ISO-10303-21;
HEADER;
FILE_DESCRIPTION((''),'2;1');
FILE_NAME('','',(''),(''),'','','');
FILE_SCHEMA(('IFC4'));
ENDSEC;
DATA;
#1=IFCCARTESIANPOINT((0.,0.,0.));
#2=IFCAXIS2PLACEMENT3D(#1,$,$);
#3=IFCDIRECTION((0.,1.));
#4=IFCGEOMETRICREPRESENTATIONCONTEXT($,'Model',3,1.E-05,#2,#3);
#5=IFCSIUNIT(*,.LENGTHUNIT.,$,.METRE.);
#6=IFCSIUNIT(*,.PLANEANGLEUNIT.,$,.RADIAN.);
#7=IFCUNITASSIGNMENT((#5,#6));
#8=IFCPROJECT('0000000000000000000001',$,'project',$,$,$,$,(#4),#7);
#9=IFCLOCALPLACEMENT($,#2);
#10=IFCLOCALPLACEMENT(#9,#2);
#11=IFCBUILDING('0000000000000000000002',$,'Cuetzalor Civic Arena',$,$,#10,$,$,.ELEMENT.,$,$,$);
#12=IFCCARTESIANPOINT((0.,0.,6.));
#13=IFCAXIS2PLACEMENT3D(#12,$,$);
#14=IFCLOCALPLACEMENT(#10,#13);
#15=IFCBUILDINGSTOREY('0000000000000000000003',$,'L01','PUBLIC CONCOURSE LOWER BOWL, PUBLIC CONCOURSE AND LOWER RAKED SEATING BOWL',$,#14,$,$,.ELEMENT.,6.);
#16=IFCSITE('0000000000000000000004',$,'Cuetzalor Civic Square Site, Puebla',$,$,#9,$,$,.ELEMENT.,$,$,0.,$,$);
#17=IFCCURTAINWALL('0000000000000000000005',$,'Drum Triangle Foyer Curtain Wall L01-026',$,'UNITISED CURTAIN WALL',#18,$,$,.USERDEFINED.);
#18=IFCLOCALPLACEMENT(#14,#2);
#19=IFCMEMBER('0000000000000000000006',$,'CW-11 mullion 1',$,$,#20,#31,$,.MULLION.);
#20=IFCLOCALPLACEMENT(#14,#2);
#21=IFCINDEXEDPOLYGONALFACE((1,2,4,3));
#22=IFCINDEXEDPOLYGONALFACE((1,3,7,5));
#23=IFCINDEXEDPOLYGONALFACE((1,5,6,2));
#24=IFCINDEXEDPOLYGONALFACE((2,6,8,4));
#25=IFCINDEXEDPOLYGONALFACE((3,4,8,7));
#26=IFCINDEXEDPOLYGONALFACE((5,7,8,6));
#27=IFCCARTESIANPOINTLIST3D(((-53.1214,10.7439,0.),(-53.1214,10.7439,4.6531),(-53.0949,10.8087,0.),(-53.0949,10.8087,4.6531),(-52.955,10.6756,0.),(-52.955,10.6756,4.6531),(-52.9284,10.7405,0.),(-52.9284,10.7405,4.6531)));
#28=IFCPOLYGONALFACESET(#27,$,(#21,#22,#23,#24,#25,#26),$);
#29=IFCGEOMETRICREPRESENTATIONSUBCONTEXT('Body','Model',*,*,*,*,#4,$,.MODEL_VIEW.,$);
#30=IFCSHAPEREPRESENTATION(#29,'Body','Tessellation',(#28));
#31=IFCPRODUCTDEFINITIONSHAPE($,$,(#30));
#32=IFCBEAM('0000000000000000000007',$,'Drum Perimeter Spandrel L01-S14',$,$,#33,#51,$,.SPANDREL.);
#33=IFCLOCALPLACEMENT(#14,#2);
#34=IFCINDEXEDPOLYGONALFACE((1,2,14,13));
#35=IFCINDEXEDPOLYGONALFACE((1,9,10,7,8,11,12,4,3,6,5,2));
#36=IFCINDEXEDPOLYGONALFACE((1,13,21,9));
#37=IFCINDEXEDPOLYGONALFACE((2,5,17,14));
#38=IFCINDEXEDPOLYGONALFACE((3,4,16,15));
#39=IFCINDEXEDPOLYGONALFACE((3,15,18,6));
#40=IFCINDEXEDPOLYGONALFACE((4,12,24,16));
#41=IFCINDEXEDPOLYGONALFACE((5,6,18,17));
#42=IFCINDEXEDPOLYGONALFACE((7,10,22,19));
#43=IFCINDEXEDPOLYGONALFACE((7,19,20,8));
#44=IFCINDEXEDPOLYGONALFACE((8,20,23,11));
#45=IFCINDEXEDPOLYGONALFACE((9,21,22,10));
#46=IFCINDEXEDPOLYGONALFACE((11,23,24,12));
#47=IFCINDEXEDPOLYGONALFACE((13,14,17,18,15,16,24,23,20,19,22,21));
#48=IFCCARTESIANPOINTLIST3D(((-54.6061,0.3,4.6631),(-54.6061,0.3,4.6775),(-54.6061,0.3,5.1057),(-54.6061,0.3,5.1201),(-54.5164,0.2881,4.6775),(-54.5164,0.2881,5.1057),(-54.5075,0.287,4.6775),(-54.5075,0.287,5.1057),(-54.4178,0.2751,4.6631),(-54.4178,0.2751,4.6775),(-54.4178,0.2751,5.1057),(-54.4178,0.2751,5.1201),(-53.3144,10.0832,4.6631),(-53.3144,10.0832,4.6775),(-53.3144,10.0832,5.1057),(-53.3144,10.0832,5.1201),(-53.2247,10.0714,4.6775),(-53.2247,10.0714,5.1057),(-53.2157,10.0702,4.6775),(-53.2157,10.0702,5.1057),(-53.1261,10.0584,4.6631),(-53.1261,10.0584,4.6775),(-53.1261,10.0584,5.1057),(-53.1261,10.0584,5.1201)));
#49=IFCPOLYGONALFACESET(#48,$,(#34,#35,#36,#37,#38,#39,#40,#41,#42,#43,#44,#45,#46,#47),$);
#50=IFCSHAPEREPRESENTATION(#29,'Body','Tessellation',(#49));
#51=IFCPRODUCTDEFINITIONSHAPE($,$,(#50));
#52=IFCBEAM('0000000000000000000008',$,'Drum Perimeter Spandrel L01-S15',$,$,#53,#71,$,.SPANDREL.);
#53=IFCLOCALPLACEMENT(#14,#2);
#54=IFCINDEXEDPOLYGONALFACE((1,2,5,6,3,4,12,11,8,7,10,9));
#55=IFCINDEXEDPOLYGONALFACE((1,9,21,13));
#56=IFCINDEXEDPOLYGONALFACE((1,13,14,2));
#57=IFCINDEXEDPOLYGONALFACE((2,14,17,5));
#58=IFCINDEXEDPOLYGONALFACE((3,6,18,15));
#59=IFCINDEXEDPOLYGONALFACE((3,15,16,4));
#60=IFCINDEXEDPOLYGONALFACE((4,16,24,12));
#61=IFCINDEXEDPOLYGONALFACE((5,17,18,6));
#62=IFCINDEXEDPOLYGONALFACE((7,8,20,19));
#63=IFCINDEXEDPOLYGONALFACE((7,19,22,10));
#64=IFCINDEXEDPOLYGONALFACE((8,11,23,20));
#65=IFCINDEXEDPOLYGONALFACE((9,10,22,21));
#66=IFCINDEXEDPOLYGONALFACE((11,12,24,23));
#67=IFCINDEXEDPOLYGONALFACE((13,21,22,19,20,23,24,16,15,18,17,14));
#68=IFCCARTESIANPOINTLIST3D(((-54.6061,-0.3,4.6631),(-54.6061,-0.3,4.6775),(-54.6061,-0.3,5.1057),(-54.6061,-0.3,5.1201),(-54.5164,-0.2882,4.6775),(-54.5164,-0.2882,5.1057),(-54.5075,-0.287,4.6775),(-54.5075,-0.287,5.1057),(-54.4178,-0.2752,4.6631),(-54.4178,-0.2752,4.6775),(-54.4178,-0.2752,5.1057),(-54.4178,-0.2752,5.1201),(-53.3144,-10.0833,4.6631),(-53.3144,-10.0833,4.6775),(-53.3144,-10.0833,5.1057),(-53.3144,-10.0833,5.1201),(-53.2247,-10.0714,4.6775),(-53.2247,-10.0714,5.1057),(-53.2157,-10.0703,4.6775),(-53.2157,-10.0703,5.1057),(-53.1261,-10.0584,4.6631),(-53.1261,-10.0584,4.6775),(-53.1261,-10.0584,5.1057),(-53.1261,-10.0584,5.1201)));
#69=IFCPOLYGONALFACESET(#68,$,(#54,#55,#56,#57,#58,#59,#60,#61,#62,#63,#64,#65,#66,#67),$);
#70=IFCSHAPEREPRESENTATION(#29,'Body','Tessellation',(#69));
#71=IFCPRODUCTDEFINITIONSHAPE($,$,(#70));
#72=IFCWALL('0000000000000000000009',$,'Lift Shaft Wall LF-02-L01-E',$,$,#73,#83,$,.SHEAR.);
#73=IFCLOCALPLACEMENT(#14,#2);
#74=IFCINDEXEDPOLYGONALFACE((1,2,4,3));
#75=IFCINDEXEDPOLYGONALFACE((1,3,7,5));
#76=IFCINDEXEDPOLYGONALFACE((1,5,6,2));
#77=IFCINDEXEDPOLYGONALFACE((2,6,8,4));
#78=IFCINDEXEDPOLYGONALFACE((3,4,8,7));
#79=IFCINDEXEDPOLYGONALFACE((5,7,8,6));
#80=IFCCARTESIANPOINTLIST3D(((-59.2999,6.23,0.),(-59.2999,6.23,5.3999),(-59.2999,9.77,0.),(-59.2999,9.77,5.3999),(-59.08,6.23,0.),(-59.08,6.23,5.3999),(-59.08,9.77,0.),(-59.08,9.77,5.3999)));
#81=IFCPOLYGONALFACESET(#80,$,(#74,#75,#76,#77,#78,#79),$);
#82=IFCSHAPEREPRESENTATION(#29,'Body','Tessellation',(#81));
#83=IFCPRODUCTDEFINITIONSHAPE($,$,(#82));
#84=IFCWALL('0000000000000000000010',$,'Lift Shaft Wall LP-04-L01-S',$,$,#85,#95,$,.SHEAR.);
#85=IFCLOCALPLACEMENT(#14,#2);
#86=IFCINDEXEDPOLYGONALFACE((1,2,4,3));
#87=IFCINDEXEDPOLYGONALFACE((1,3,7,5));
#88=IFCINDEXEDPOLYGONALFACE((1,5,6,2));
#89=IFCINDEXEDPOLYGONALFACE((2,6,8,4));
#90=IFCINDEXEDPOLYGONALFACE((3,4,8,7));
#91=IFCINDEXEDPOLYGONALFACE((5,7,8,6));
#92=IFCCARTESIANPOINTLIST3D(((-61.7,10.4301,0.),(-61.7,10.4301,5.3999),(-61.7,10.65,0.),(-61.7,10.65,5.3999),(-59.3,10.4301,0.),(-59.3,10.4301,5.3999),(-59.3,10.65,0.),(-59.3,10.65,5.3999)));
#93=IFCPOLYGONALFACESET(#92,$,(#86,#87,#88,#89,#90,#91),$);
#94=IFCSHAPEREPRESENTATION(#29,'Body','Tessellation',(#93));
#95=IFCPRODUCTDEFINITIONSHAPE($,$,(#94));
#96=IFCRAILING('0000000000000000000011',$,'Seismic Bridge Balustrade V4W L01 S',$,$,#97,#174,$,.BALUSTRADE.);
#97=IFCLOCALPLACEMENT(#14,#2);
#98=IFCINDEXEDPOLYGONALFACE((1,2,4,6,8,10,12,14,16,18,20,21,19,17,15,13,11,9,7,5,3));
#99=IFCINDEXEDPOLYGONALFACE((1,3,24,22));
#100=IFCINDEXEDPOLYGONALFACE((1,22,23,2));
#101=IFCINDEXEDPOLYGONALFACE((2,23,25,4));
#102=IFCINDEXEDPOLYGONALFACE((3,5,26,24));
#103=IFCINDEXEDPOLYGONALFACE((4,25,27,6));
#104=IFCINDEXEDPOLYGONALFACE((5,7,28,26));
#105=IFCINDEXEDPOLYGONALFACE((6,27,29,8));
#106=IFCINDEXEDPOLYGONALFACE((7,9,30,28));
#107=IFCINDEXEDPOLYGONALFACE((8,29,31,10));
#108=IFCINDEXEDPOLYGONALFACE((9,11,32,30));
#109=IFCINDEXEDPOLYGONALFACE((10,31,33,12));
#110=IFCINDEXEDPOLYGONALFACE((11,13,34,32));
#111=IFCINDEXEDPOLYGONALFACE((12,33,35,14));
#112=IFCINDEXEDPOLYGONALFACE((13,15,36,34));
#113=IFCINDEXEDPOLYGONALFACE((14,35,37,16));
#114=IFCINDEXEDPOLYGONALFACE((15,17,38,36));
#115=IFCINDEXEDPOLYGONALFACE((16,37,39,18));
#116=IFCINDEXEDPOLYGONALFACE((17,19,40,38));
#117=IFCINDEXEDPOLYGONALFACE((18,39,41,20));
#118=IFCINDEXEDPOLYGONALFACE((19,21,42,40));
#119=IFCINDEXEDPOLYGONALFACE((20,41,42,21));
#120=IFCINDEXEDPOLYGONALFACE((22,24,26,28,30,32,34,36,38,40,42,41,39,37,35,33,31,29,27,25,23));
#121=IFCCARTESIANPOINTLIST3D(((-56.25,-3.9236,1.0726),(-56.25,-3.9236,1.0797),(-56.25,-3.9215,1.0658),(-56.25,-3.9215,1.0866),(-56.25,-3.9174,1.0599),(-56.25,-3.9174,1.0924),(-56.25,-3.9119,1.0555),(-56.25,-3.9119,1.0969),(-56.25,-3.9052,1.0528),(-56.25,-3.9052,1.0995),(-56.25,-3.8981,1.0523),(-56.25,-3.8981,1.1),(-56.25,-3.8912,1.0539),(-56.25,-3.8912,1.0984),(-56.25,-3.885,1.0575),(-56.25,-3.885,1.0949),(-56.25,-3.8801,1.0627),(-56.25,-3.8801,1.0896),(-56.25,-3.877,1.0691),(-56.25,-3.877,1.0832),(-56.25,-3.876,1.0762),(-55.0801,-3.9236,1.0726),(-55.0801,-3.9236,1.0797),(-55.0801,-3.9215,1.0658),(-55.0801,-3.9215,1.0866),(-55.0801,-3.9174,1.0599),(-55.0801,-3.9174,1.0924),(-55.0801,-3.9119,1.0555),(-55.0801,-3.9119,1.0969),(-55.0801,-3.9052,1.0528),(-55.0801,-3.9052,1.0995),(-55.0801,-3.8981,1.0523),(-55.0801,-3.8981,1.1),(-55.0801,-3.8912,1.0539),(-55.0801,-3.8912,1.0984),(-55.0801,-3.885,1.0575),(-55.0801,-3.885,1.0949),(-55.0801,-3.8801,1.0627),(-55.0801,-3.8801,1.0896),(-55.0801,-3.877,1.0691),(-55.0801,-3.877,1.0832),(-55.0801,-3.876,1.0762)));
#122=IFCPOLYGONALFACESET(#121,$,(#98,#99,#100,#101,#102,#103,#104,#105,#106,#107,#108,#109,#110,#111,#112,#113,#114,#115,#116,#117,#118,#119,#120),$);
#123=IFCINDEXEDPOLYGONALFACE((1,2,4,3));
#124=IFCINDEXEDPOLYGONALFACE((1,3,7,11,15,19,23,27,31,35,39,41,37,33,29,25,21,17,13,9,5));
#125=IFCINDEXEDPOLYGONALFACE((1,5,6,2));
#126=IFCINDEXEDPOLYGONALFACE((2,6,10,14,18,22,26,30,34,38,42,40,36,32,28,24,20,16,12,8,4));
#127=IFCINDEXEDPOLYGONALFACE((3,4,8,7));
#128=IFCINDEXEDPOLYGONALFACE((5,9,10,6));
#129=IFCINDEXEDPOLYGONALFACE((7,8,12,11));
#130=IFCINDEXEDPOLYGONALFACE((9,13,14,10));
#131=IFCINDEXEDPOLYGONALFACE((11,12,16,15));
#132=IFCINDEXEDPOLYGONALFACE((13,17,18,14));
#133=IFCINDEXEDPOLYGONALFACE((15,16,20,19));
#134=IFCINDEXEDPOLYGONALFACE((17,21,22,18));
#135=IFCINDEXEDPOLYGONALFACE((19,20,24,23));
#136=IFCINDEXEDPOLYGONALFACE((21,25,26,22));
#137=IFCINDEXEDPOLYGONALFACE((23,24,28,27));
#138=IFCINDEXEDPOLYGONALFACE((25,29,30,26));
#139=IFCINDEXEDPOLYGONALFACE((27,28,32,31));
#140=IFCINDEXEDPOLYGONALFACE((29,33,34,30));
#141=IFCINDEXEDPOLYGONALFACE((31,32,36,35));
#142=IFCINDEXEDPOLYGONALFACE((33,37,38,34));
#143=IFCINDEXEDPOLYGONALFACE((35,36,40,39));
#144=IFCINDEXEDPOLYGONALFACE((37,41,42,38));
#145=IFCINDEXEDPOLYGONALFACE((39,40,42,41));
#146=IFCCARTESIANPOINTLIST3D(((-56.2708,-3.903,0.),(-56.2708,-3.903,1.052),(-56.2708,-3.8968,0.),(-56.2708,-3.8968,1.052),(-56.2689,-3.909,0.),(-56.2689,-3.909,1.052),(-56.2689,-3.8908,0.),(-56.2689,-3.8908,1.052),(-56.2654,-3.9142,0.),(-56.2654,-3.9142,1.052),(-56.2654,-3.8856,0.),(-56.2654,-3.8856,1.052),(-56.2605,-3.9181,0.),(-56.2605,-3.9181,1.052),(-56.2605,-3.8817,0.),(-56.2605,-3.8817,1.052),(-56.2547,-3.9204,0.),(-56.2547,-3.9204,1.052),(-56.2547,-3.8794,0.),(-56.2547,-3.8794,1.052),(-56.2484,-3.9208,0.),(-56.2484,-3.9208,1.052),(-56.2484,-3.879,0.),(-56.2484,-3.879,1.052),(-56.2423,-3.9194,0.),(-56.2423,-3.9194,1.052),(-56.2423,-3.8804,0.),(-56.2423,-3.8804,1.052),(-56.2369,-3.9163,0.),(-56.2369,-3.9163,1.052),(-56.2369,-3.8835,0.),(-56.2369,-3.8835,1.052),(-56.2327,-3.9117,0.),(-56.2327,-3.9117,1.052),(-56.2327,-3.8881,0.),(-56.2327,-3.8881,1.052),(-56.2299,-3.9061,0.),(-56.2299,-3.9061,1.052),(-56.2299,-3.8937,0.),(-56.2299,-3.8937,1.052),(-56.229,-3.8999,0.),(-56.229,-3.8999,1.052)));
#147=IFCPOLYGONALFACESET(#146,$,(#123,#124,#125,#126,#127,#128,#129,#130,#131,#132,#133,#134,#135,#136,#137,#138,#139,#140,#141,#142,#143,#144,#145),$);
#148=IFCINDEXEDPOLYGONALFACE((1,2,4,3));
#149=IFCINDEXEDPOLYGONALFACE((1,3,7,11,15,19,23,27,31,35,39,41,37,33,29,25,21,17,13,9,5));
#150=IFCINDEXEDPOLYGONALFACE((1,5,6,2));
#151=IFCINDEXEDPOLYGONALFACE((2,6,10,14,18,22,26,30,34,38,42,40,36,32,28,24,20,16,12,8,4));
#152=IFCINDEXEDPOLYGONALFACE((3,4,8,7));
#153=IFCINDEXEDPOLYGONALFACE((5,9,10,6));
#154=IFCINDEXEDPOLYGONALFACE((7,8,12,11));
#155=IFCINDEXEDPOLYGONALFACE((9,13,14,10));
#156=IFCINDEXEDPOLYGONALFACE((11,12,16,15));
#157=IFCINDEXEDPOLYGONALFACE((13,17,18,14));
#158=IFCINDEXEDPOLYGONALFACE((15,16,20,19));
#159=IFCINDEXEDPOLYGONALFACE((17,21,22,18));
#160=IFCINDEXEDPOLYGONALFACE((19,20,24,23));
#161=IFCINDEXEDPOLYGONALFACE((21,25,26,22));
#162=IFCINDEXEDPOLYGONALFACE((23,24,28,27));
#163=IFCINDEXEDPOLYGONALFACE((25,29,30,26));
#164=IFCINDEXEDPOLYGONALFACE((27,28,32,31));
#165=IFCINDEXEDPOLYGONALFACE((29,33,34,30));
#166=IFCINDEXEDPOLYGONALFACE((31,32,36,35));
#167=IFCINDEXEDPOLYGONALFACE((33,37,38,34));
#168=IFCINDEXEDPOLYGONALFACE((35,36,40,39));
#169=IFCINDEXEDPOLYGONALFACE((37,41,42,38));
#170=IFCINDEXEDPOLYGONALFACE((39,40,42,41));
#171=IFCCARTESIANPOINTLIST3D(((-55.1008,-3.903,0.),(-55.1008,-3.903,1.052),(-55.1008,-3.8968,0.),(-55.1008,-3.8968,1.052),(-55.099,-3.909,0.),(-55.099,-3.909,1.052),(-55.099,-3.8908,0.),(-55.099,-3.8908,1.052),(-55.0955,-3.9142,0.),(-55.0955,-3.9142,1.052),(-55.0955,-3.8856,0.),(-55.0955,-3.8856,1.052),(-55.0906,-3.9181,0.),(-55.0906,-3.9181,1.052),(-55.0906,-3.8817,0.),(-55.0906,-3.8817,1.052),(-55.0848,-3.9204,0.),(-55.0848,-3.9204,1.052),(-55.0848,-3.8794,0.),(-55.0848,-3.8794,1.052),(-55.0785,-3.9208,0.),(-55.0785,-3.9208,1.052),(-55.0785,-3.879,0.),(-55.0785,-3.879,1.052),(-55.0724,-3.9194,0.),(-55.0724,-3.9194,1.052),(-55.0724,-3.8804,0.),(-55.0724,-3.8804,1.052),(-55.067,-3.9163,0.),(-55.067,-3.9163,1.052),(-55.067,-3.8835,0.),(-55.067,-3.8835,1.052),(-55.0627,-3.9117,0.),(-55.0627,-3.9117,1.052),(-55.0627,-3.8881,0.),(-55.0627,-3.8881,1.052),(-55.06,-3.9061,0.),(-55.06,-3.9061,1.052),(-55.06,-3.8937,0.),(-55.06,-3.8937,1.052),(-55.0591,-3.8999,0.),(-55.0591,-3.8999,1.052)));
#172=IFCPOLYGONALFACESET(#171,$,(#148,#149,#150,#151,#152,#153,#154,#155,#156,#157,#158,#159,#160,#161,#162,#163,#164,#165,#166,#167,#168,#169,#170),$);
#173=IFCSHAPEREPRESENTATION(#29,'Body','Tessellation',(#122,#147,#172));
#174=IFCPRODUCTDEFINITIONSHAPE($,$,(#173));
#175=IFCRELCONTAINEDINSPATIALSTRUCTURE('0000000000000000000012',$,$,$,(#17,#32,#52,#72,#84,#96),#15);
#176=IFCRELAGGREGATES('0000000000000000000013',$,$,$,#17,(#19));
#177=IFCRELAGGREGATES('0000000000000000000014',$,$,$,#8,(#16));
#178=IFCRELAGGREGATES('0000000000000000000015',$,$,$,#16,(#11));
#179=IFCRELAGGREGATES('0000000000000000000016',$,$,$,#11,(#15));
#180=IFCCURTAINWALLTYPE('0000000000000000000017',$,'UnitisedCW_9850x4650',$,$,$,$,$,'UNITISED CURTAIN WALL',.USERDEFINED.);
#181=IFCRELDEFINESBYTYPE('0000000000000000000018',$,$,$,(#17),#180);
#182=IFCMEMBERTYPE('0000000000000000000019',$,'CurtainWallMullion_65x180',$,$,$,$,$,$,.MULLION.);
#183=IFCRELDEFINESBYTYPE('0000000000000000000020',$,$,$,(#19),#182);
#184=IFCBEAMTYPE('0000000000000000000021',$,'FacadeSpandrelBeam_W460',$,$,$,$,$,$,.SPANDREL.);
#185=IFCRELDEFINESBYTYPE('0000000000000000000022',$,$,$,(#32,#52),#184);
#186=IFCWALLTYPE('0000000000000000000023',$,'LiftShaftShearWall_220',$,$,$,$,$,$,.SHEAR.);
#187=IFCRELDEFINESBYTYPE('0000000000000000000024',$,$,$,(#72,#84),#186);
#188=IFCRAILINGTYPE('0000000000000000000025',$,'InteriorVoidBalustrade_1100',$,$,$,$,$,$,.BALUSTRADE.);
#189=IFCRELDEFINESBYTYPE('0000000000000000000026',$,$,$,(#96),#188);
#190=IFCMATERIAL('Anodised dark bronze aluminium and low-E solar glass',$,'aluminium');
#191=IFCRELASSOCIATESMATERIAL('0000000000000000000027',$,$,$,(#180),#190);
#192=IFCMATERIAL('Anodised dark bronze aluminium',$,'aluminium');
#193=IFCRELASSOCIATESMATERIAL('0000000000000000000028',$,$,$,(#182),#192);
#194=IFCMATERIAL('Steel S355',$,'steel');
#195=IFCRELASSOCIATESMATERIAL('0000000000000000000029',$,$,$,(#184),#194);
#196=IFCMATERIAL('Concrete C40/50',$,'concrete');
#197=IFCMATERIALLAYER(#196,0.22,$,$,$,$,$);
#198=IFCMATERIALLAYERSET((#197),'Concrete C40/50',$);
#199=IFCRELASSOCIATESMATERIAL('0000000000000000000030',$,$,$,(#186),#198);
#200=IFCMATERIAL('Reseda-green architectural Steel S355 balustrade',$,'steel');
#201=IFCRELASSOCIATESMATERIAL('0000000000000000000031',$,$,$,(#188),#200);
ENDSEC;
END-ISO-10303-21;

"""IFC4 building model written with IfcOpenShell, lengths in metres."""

from ifc_helpers import new_model, si_unit, direction, frame, frame_2d, origin, origin_2d, place, context, subcontext, project, spatial, rectangle, circle, i_section, extrude, material, layer, layer_set, material_profile, profile_set, type_object, element, aggregate, save


model = new_model("IFC4")

# Units and contexts
model_context = context("Model", 3, precision=1e-05, world=origin(), true_north=direction((0.0, 1.0)))
body_context = subcontext(model_context, "Body", "Model", "MODEL_VIEW")
ifc_project = project(units=[si_unit("LENGTHUNIT", "METRE"), si_unit("PLANEANGLEUNIT", "RADIAN")], contexts=[model_context])

# Site, building, storey
site_placement = place(None, origin())
site = spatial("IfcSite", under=ifc_project, at=site_placement, Name="Cuetzalor Civic Square Site, Puebla", CompositionType="ELEMENT", RefElevation=0.0)
building_placement = place(site_placement, origin())
building = spatial("IfcBuilding", under=site, at=building_placement, Name="Cuetzalor Civic Arena", CompositionType="ELEMENT")
storey_placement = place(building_placement, frame((0.0, 0.0, 6.0)))
storey = spatial("IfcBuildingStorey", under=building, at=storey_placement, Name="L01", Description="PUBLIC CONCOURSE LOWER BOWL, PUBLIC CONCOURSE AND LOWER RAKED SEATING BOWL", CompositionType="ELEMENT", Elevation=6.0)

# Curtain wall, member
ifc_material_1 = material(Name="Anodised dark bronze aluminium and low-E solar glass", Category="aluminium")
curtain_wall_type = type_object("IfcCurtainWallType", Name="UnitisedCW_9850x4650", ElementType="UNITISED CURTAIN WALL", PredefinedType="USERDEFINED", material=ifc_material_1)
curtain_wall_placement = place(storey_placement, origin())
curtain_wall = element("IfcCurtainWall", 1, at=curtain_wall_placement, inside=storey, type_object=curtain_wall_type, Name="Drum Triangle Foyer Curtain Wall L01-026", ObjectType="UNITISED CURTAIN WALL", PredefinedType="USERDEFINED")
ifc_material_2 = material(Name="Anodised dark bronze aluminium", Category="aluminium")
ifc_material_profile_1 = material_profile(ifc_material_2, rectangle(XDim=0.0701, YDim=0.1799, at=origin_2d()), Name="ALU MULLION 70x180")
ifc_profile_set_1 = profile_set([ifc_material_profile_1], Name="Anodised dark bronze aluminium")
member_type = type_object("IfcMemberType", Name="CurtainWallMullion_65x180", PredefinedType="MULLION", material=ifc_profile_set_1)
member_placement = place(storey_placement, frame((-53.0249, 10.7422, 0.0), z_axis=(0.0, 0.0, 1.0), x_axis=(0.379391, 0.925236, 0.0)))
member = element("IfcMember", 2, at=member_placement, type_object=member_type, Name="CW-11 mullion 1", PredefinedType="MULLION", context=body_context, shape_type="SweptSolid", body=[
    extrude(rectangle(XDim=0.0701, YDim=0.1799, at=origin_2d()), origin(), (0.0, 0.0, 1.0), 4.6531),
])
aggregate(curtain_wall, [member])

# Beams
ifc_material_3 = material(Name="Steel S355", Category="steel")
ifc_material_profile_2 = material_profile(ifc_material_3, i_section(OverallWidth=0.1899, OverallDepth=0.457, WebThickness=0.009, FlangeThickness=0.0144, at=origin_2d()), Name="W460x74")
ifc_profile_set_2 = profile_set([ifc_material_profile_2], Name="Steel S355")
beam_type_1 = type_object("IfcBeamType", Name="FacadeSpandrelBeam_W460", PredefinedType="SPANDREL", material=ifc_profile_set_2)
for number, where, z_axis, x_axis, name in (
    (3, (-53.2202, 10.0708, 4.8916), (-0.130901, -0.991395, 0.0), (0.991395, -0.130901, 0.0), "Drum Perimeter Spandrel L01-S14"),
    (4, (-54.512, -0.2876, 4.8916), (0.130901, -0.991395, 0.0), (0.991395, 0.130901, 0.0), "Drum Perimeter Spandrel L01-S15"),
):
    element("IfcBeam", number, at=place(storey_placement, frame(where, z_axis=z_axis, x_axis=x_axis)), inside=storey, type_object=beam_type_1, Name=name, PredefinedType="SPANDREL", context=body_context, shape_type="SweptSolid", body=[
        extrude(i_section(OverallWidth=0.1899, OverallDepth=0.457, WebThickness=0.009, FlangeThickness=0.0144, at=origin_2d()), origin(), (0.0, 0.0, 1.0), 9.8682),
    ])

# Walls
ifc_material_4 = material(Name="Concrete C40/50", Category="concrete")
ifc_layer_1 = layer(ifc_material_4, 0.22)
ifc_layer_set_1 = layer_set([ifc_layer_1], Name="Concrete C40/50")
wall_type_1 = type_object("IfcWallType", Name="LiftShaftShearWall_220", PredefinedType="SHEAR", material=ifc_layer_set_1)
wall_1_placement = place(storey_placement, frame((-59.1899, 9.77, 0.0), z_axis=(0.0, 0.0, 1.0), x_axis=(0.0, -1.0, 0.0)))
element("IfcWall", 5, at=wall_1_placement, inside=storey, type_object=wall_type_1, Name="Lift Shaft Wall LF-02-L01-E", PredefinedType="SHEAR", context=body_context, shape_type="SweptSolid", body=[
    extrude(rectangle(XDim=3.54, YDim=0.22, at=frame_2d((1.77, 0.0))), origin(), (0.0, 0.0, 1.0), 5.3999),
])
wall_2_placement = place(storey_placement, frame((-59.3, 10.54, 0.0), z_axis=(0.0, 0.0, 1.0), x_axis=(-1.0, 0.0, 0.0)))
element("IfcWall", 6, at=wall_2_placement, inside=storey, type_object=wall_type_1, Name="Lift Shaft Wall LP-04-L01-S", PredefinedType="SHEAR", context=body_context, shape_type="SweptSolid", body=[
    extrude(rectangle(XDim=2.3999, YDim=0.22, at=frame_2d((1.2, 0.0))), origin(), (0.0, 0.0, 1.0), 5.3999),
])

# Railing
ifc_material_5 = material(Name="Reseda-green architectural Steel S355 balustrade", Category="steel")
railing_type = type_object("IfcRailingType", Name="InteriorVoidBalustrade_1100", PredefinedType="BALUSTRADE", material=ifc_material_5)
for number, where, name in (
    (7, (-56.25, -3.8999, 0.0), "Seismic Bridge Balustrade V4W L01 S"),
):
    element("IfcRailing", number, at=place(storey_placement, frame(where)), inside=storey, type_object=railing_type, Name=name, PredefinedType="BALUSTRADE", context=body_context, shape_type="SweptSolid", body=[
        extrude(circle(Radius=0.0239, at=origin_2d()), frame((0.0, 0.0, 1.0762), z_axis=(1.0, 0.0, 0.0), x_axis=(0.0, 1.0, 0.0)), (0.0, 0.0, 1.0), 1.1699),
        extrude(circle(Radius=0.021, at=origin_2d()), origin(), (0.0, 0.0, 1.0), 1.052),
        extrude(circle(Radius=0.021, at=origin_2d()), frame((1.1699, 0.0, 0.0)), (0.0, 0.0, 1.0), 1.052),
    ])

save(model, "model.ifc")
